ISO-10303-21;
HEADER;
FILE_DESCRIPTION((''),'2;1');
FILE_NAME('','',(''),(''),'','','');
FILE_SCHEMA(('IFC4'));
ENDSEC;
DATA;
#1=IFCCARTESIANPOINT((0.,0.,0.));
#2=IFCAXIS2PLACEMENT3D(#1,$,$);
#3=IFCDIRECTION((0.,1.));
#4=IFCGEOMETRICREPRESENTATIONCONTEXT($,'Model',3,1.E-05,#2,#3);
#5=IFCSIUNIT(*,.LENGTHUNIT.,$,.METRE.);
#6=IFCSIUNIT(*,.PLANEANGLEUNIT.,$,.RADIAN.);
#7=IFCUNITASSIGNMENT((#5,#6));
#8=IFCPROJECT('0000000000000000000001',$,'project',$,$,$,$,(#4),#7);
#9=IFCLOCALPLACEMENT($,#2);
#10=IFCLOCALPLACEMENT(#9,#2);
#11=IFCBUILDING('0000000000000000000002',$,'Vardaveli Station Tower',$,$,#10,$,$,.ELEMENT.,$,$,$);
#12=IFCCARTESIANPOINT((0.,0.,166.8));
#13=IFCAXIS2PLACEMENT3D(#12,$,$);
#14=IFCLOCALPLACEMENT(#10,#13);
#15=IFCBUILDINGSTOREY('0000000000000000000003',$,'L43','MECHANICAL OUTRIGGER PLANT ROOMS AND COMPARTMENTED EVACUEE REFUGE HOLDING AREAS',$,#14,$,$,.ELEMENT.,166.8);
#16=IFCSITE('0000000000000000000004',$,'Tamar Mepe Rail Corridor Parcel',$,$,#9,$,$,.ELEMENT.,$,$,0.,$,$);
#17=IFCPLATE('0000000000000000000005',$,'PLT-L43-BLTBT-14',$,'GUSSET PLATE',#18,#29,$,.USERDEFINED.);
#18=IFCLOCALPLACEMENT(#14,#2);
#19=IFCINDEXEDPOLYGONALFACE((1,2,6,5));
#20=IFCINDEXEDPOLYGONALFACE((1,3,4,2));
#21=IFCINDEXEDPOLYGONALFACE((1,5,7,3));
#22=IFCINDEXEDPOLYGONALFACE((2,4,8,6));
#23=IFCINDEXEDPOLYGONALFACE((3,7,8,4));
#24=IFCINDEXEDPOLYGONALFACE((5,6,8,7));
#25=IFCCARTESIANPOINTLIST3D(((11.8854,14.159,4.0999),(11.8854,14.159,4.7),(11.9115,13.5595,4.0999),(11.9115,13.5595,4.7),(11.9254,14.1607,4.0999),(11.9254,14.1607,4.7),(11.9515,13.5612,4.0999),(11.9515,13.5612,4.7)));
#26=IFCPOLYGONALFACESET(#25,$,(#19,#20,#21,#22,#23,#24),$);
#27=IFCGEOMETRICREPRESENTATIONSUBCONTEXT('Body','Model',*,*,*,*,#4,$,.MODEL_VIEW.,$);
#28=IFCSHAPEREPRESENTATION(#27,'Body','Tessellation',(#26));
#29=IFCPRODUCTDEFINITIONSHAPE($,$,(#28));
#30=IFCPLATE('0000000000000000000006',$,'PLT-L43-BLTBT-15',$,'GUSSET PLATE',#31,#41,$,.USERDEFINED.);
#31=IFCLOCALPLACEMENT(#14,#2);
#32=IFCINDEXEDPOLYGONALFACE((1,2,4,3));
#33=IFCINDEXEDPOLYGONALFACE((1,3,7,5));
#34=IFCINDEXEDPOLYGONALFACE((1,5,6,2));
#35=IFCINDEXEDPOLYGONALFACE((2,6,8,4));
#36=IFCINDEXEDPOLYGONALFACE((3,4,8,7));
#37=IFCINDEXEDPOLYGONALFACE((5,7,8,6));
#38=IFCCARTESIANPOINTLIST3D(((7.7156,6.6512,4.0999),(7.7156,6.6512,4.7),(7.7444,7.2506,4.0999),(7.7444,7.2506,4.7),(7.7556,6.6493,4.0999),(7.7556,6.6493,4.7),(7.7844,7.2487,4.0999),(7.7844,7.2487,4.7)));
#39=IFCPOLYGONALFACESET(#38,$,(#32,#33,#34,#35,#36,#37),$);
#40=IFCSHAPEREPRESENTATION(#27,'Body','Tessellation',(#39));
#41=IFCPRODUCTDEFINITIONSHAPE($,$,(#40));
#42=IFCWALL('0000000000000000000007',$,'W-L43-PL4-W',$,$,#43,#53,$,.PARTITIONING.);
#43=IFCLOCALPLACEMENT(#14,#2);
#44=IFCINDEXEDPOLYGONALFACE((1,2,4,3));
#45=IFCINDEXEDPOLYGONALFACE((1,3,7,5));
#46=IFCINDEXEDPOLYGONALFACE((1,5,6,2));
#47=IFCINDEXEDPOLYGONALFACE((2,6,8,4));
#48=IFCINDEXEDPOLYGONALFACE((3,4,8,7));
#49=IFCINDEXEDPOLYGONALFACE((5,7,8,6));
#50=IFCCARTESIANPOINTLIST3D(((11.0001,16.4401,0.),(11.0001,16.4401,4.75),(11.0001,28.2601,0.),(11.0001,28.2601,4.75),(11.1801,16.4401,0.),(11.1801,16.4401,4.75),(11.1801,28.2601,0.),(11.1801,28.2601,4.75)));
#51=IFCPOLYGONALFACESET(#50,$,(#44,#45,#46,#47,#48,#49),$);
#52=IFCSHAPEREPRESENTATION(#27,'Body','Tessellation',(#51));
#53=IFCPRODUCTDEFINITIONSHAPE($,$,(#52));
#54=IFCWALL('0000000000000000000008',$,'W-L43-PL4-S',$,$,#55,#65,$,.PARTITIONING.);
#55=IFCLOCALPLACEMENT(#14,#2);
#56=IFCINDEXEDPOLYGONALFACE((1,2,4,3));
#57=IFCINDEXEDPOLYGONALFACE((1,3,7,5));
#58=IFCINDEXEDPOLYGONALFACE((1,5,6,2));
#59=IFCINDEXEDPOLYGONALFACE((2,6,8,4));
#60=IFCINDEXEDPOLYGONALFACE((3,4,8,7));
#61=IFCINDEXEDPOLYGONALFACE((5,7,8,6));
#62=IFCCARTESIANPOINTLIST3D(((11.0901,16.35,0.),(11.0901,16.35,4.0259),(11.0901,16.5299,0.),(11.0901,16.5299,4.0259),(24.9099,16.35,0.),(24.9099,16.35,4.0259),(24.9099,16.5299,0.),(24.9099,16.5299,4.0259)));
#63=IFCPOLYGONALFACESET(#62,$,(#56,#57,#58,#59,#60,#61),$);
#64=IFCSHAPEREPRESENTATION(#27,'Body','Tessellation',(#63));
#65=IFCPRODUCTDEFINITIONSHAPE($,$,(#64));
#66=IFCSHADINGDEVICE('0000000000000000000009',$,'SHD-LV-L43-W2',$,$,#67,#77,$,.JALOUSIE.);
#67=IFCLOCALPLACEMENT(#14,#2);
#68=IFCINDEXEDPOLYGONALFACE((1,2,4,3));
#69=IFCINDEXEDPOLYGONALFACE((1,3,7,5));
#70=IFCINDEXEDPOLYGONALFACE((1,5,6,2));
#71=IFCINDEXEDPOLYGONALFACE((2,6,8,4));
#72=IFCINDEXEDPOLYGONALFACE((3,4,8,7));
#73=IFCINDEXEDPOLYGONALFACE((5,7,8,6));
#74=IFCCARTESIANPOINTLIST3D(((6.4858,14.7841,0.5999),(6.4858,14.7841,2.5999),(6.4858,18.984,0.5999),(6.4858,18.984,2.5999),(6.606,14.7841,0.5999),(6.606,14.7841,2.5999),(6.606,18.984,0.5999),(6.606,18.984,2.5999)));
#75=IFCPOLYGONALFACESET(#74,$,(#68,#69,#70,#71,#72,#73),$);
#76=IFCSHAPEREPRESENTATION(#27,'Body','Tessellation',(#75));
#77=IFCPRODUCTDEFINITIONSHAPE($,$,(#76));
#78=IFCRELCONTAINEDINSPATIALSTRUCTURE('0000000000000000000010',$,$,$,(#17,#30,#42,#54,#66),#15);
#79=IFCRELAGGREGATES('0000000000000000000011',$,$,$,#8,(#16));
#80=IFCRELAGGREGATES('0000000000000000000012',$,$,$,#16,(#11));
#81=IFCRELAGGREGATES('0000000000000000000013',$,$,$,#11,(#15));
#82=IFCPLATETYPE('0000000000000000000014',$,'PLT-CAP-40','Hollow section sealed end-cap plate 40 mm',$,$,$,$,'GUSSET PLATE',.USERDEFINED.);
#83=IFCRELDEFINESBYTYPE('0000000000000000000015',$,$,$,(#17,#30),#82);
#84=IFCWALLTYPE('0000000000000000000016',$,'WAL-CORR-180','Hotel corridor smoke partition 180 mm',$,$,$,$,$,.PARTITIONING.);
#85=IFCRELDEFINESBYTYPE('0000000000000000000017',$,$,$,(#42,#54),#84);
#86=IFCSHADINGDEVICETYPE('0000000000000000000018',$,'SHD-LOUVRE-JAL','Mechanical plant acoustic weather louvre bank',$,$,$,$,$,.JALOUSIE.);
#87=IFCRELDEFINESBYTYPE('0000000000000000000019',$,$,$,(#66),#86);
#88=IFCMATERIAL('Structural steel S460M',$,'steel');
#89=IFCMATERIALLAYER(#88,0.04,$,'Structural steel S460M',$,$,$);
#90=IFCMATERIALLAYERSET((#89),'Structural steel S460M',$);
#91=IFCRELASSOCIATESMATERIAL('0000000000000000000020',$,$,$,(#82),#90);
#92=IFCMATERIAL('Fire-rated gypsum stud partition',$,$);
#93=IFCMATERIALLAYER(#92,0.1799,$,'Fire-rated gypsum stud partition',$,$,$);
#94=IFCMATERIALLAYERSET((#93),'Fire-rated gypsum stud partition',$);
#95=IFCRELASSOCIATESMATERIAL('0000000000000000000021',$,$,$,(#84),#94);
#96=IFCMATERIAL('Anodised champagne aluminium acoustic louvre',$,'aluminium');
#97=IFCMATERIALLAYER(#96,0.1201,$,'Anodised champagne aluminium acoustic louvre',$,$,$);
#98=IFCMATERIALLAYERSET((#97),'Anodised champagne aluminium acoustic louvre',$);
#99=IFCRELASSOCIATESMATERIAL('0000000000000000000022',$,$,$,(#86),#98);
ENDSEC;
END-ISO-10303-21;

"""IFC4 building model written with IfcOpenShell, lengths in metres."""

from ifc_helpers import new_model, si_unit, direction, frame, frame_2d, origin, origin_2d, place, context, subcontext, project, spatial, rectangle, extrude, source, transform, mapped, material, layer, layer_set, type_object, element, save


model = new_model("IFC4")

# Units and contexts
model_context = context("Model", 3, precision=1e-05, world=origin(), true_north=direction((0.0, 1.0)))
body_context = subcontext(model_context, "Body", "Model", "MODEL_VIEW")
ifc_project = project(units=[si_unit("LENGTHUNIT", "METRE"), si_unit("PLANEANGLEUNIT", "RADIAN")], contexts=[model_context])

# Site, building, storey
site_placement = place(None, origin())
site = spatial("IfcSite", under=ifc_project, at=site_placement, Name="Tamar Mepe Rail Corridor Parcel", CompositionType="ELEMENT", RefElevation=0.0)
building_placement = place(site_placement, origin())
building = spatial("IfcBuilding", under=site, at=building_placement, Name="Vardaveli Station Tower", CompositionType="ELEMENT")
storey_placement = place(building_placement, frame((0.0, 0.0, 166.8)))
storey = spatial("IfcBuildingStorey", under=building, at=storey_placement, Name="L43", Description="MECHANICAL OUTRIGGER PLANT ROOMS AND COMPARTMENTED EVACUEE REFUGE HOLDING AREAS", CompositionType="ELEMENT", Elevation=166.8)

# Shared definitions
ifc_material_1 = material(Name="Structural steel S460M", Category="steel")

# Plates
ifc_layer_1 = layer(ifc_material_1, 0.04, Name="Structural steel S460M")
ifc_layer_set_1 = layer_set([ifc_layer_1], Name="Structural steel S460M")
plate_type_1 = type_object("IfcPlateType", Name="PLT-CAP-40", Description="Hollow section sealed end-cap plate 40 mm", ElementType="GUSSET PLATE", PredefinedType="USERDEFINED", material=ifc_layer_set_1)
shared_shape_1 = source(origin(), body_context, "Body", "SweptSolid", [
    extrude(rectangle(XDim=0.6001, YDim=0.04, at=origin_2d()), origin(), (0.0, 0.0, 1.0), 0.6001),
])
for number, where, z_axis, x_axis, name in (
    (1, (11.9185, 13.8601, 4.0999), (0.0, 0.0, 1.0), (0.043445, -0.999056, 0.0), "PLT-L43-BLTBT-14"),
    (2, (7.75, 6.95, 4.0999), (0.0, 0.0, 1.0), (-0.047978, -0.998848, 0.0), "PLT-L43-BLTBT-15"),
):
    element("IfcPlate", number, at=place(storey_placement, frame(where, z_axis=z_axis, x_axis=x_axis)), inside=storey, type_object=plate_type_1, Name=name, ObjectType="GUSSET PLATE", PredefinedType="USERDEFINED", context=body_context, shape_type="MappedRepresentation", body=[
        mapped(shared_shape_1, transform((0.0, 0.0, 0.0), scale=1.0)),
    ])

# Walls
ifc_material_2 = material(Name="Fire-rated gypsum stud partition")
ifc_layer_2 = layer(ifc_material_2, 0.1799, Name="Fire-rated gypsum stud partition")
ifc_layer_set_2 = layer_set([ifc_layer_2], Name="Fire-rated gypsum stud partition")
wall_type = type_object("IfcWallType", Name="WAL-CORR-180", Description="Hotel corridor smoke partition 180 mm", PredefinedType="PARTITIONING", material=ifc_layer_set_2)
shared_shape_2 = source(origin(), body_context, "Body", "SweptSolid", [
    extrude(rectangle(XDim=11.8201, YDim=0.1799, at=frame_2d((5.9102, 0.0))), origin(), (0.0, 0.0, 1.0), 4.75),
])
wall_1_placement = place(storey_placement, frame((11.0901, 16.4399, 0.0), z_axis=(0.0, 0.0, 1.0), x_axis=(0.0, 1.0, 0.0)))
element("IfcWall", 3, at=wall_1_placement, inside=storey, type_object=wall_type, Name="W-L43-PL4-W", PredefinedType="PARTITIONING", context=body_context, shape_type="MappedRepresentation", body=[
    mapped(shared_shape_2, transform((0.0, 0.0, 0.0), scale=1.0)),
])
shared_shape_3 = source(origin(), body_context, "Body", "SweptSolid", [
    extrude(rectangle(XDim=13.8198, YDim=0.1799, at=frame_2d((6.9099, 0.0))), origin(), (0.0, 0.0, 1.0), 4.0259),
])
wall_2_placement = place(storey_placement, frame((11.0901, 16.4399, 0.0), z_axis=(0.0, 0.0, 1.0), x_axis=(1.0, 0.0, 0.0)))
element("IfcWall", 4, at=wall_2_placement, inside=storey, type_object=wall_type, Name="W-L43-PL4-S", PredefinedType="PARTITIONING", context=body_context, shape_type="MappedRepresentation", body=[
    mapped(shared_shape_3, transform((0.0, 0.0, 0.0), scale=1.0)),
])

# Shading device
ifc_material_3 = material(Name="Anodised champagne aluminium acoustic louvre", Category="aluminium")
ifc_layer_3 = layer(ifc_material_3, 0.1201, Name="Anodised champagne aluminium acoustic louvre")
ifc_layer_set_3 = layer_set([ifc_layer_3], Name="Anodised champagne aluminium acoustic louvre")
shading_device_type = type_object("IfcShadingDeviceType", Name="SHD-LOUVRE-JAL", Description="Mechanical plant acoustic weather louvre bank", PredefinedType="JALOUSIE", material=ifc_layer_set_3)
shared_shape_4 = source(origin(), body_context, "Body", "SweptSolid", [
    extrude(rectangle(XDim=4.2, YDim=0.1201, at=origin_2d()), origin(), (0.0, 0.0, 1.0), 2.0),
])
shading_device_placement = place(storey_placement, frame((6.5459, 16.884, 0.5999), z_axis=(0.0, 0.0, 1.0), x_axis=(0.0, 1.0, 0.0)))
element("IfcShadingDevice", 5, at=shading_device_placement, inside=storey, type_object=shading_device_type, Name="SHD-LV-L43-W2", PredefinedType="JALOUSIE", context=body_context, shape_type="MappedRepresentation", body=[
    mapped(shared_shape_4, transform((0.0, 0.0, 0.0), scale=1.0)),
])

save(model, "model.ifc")
